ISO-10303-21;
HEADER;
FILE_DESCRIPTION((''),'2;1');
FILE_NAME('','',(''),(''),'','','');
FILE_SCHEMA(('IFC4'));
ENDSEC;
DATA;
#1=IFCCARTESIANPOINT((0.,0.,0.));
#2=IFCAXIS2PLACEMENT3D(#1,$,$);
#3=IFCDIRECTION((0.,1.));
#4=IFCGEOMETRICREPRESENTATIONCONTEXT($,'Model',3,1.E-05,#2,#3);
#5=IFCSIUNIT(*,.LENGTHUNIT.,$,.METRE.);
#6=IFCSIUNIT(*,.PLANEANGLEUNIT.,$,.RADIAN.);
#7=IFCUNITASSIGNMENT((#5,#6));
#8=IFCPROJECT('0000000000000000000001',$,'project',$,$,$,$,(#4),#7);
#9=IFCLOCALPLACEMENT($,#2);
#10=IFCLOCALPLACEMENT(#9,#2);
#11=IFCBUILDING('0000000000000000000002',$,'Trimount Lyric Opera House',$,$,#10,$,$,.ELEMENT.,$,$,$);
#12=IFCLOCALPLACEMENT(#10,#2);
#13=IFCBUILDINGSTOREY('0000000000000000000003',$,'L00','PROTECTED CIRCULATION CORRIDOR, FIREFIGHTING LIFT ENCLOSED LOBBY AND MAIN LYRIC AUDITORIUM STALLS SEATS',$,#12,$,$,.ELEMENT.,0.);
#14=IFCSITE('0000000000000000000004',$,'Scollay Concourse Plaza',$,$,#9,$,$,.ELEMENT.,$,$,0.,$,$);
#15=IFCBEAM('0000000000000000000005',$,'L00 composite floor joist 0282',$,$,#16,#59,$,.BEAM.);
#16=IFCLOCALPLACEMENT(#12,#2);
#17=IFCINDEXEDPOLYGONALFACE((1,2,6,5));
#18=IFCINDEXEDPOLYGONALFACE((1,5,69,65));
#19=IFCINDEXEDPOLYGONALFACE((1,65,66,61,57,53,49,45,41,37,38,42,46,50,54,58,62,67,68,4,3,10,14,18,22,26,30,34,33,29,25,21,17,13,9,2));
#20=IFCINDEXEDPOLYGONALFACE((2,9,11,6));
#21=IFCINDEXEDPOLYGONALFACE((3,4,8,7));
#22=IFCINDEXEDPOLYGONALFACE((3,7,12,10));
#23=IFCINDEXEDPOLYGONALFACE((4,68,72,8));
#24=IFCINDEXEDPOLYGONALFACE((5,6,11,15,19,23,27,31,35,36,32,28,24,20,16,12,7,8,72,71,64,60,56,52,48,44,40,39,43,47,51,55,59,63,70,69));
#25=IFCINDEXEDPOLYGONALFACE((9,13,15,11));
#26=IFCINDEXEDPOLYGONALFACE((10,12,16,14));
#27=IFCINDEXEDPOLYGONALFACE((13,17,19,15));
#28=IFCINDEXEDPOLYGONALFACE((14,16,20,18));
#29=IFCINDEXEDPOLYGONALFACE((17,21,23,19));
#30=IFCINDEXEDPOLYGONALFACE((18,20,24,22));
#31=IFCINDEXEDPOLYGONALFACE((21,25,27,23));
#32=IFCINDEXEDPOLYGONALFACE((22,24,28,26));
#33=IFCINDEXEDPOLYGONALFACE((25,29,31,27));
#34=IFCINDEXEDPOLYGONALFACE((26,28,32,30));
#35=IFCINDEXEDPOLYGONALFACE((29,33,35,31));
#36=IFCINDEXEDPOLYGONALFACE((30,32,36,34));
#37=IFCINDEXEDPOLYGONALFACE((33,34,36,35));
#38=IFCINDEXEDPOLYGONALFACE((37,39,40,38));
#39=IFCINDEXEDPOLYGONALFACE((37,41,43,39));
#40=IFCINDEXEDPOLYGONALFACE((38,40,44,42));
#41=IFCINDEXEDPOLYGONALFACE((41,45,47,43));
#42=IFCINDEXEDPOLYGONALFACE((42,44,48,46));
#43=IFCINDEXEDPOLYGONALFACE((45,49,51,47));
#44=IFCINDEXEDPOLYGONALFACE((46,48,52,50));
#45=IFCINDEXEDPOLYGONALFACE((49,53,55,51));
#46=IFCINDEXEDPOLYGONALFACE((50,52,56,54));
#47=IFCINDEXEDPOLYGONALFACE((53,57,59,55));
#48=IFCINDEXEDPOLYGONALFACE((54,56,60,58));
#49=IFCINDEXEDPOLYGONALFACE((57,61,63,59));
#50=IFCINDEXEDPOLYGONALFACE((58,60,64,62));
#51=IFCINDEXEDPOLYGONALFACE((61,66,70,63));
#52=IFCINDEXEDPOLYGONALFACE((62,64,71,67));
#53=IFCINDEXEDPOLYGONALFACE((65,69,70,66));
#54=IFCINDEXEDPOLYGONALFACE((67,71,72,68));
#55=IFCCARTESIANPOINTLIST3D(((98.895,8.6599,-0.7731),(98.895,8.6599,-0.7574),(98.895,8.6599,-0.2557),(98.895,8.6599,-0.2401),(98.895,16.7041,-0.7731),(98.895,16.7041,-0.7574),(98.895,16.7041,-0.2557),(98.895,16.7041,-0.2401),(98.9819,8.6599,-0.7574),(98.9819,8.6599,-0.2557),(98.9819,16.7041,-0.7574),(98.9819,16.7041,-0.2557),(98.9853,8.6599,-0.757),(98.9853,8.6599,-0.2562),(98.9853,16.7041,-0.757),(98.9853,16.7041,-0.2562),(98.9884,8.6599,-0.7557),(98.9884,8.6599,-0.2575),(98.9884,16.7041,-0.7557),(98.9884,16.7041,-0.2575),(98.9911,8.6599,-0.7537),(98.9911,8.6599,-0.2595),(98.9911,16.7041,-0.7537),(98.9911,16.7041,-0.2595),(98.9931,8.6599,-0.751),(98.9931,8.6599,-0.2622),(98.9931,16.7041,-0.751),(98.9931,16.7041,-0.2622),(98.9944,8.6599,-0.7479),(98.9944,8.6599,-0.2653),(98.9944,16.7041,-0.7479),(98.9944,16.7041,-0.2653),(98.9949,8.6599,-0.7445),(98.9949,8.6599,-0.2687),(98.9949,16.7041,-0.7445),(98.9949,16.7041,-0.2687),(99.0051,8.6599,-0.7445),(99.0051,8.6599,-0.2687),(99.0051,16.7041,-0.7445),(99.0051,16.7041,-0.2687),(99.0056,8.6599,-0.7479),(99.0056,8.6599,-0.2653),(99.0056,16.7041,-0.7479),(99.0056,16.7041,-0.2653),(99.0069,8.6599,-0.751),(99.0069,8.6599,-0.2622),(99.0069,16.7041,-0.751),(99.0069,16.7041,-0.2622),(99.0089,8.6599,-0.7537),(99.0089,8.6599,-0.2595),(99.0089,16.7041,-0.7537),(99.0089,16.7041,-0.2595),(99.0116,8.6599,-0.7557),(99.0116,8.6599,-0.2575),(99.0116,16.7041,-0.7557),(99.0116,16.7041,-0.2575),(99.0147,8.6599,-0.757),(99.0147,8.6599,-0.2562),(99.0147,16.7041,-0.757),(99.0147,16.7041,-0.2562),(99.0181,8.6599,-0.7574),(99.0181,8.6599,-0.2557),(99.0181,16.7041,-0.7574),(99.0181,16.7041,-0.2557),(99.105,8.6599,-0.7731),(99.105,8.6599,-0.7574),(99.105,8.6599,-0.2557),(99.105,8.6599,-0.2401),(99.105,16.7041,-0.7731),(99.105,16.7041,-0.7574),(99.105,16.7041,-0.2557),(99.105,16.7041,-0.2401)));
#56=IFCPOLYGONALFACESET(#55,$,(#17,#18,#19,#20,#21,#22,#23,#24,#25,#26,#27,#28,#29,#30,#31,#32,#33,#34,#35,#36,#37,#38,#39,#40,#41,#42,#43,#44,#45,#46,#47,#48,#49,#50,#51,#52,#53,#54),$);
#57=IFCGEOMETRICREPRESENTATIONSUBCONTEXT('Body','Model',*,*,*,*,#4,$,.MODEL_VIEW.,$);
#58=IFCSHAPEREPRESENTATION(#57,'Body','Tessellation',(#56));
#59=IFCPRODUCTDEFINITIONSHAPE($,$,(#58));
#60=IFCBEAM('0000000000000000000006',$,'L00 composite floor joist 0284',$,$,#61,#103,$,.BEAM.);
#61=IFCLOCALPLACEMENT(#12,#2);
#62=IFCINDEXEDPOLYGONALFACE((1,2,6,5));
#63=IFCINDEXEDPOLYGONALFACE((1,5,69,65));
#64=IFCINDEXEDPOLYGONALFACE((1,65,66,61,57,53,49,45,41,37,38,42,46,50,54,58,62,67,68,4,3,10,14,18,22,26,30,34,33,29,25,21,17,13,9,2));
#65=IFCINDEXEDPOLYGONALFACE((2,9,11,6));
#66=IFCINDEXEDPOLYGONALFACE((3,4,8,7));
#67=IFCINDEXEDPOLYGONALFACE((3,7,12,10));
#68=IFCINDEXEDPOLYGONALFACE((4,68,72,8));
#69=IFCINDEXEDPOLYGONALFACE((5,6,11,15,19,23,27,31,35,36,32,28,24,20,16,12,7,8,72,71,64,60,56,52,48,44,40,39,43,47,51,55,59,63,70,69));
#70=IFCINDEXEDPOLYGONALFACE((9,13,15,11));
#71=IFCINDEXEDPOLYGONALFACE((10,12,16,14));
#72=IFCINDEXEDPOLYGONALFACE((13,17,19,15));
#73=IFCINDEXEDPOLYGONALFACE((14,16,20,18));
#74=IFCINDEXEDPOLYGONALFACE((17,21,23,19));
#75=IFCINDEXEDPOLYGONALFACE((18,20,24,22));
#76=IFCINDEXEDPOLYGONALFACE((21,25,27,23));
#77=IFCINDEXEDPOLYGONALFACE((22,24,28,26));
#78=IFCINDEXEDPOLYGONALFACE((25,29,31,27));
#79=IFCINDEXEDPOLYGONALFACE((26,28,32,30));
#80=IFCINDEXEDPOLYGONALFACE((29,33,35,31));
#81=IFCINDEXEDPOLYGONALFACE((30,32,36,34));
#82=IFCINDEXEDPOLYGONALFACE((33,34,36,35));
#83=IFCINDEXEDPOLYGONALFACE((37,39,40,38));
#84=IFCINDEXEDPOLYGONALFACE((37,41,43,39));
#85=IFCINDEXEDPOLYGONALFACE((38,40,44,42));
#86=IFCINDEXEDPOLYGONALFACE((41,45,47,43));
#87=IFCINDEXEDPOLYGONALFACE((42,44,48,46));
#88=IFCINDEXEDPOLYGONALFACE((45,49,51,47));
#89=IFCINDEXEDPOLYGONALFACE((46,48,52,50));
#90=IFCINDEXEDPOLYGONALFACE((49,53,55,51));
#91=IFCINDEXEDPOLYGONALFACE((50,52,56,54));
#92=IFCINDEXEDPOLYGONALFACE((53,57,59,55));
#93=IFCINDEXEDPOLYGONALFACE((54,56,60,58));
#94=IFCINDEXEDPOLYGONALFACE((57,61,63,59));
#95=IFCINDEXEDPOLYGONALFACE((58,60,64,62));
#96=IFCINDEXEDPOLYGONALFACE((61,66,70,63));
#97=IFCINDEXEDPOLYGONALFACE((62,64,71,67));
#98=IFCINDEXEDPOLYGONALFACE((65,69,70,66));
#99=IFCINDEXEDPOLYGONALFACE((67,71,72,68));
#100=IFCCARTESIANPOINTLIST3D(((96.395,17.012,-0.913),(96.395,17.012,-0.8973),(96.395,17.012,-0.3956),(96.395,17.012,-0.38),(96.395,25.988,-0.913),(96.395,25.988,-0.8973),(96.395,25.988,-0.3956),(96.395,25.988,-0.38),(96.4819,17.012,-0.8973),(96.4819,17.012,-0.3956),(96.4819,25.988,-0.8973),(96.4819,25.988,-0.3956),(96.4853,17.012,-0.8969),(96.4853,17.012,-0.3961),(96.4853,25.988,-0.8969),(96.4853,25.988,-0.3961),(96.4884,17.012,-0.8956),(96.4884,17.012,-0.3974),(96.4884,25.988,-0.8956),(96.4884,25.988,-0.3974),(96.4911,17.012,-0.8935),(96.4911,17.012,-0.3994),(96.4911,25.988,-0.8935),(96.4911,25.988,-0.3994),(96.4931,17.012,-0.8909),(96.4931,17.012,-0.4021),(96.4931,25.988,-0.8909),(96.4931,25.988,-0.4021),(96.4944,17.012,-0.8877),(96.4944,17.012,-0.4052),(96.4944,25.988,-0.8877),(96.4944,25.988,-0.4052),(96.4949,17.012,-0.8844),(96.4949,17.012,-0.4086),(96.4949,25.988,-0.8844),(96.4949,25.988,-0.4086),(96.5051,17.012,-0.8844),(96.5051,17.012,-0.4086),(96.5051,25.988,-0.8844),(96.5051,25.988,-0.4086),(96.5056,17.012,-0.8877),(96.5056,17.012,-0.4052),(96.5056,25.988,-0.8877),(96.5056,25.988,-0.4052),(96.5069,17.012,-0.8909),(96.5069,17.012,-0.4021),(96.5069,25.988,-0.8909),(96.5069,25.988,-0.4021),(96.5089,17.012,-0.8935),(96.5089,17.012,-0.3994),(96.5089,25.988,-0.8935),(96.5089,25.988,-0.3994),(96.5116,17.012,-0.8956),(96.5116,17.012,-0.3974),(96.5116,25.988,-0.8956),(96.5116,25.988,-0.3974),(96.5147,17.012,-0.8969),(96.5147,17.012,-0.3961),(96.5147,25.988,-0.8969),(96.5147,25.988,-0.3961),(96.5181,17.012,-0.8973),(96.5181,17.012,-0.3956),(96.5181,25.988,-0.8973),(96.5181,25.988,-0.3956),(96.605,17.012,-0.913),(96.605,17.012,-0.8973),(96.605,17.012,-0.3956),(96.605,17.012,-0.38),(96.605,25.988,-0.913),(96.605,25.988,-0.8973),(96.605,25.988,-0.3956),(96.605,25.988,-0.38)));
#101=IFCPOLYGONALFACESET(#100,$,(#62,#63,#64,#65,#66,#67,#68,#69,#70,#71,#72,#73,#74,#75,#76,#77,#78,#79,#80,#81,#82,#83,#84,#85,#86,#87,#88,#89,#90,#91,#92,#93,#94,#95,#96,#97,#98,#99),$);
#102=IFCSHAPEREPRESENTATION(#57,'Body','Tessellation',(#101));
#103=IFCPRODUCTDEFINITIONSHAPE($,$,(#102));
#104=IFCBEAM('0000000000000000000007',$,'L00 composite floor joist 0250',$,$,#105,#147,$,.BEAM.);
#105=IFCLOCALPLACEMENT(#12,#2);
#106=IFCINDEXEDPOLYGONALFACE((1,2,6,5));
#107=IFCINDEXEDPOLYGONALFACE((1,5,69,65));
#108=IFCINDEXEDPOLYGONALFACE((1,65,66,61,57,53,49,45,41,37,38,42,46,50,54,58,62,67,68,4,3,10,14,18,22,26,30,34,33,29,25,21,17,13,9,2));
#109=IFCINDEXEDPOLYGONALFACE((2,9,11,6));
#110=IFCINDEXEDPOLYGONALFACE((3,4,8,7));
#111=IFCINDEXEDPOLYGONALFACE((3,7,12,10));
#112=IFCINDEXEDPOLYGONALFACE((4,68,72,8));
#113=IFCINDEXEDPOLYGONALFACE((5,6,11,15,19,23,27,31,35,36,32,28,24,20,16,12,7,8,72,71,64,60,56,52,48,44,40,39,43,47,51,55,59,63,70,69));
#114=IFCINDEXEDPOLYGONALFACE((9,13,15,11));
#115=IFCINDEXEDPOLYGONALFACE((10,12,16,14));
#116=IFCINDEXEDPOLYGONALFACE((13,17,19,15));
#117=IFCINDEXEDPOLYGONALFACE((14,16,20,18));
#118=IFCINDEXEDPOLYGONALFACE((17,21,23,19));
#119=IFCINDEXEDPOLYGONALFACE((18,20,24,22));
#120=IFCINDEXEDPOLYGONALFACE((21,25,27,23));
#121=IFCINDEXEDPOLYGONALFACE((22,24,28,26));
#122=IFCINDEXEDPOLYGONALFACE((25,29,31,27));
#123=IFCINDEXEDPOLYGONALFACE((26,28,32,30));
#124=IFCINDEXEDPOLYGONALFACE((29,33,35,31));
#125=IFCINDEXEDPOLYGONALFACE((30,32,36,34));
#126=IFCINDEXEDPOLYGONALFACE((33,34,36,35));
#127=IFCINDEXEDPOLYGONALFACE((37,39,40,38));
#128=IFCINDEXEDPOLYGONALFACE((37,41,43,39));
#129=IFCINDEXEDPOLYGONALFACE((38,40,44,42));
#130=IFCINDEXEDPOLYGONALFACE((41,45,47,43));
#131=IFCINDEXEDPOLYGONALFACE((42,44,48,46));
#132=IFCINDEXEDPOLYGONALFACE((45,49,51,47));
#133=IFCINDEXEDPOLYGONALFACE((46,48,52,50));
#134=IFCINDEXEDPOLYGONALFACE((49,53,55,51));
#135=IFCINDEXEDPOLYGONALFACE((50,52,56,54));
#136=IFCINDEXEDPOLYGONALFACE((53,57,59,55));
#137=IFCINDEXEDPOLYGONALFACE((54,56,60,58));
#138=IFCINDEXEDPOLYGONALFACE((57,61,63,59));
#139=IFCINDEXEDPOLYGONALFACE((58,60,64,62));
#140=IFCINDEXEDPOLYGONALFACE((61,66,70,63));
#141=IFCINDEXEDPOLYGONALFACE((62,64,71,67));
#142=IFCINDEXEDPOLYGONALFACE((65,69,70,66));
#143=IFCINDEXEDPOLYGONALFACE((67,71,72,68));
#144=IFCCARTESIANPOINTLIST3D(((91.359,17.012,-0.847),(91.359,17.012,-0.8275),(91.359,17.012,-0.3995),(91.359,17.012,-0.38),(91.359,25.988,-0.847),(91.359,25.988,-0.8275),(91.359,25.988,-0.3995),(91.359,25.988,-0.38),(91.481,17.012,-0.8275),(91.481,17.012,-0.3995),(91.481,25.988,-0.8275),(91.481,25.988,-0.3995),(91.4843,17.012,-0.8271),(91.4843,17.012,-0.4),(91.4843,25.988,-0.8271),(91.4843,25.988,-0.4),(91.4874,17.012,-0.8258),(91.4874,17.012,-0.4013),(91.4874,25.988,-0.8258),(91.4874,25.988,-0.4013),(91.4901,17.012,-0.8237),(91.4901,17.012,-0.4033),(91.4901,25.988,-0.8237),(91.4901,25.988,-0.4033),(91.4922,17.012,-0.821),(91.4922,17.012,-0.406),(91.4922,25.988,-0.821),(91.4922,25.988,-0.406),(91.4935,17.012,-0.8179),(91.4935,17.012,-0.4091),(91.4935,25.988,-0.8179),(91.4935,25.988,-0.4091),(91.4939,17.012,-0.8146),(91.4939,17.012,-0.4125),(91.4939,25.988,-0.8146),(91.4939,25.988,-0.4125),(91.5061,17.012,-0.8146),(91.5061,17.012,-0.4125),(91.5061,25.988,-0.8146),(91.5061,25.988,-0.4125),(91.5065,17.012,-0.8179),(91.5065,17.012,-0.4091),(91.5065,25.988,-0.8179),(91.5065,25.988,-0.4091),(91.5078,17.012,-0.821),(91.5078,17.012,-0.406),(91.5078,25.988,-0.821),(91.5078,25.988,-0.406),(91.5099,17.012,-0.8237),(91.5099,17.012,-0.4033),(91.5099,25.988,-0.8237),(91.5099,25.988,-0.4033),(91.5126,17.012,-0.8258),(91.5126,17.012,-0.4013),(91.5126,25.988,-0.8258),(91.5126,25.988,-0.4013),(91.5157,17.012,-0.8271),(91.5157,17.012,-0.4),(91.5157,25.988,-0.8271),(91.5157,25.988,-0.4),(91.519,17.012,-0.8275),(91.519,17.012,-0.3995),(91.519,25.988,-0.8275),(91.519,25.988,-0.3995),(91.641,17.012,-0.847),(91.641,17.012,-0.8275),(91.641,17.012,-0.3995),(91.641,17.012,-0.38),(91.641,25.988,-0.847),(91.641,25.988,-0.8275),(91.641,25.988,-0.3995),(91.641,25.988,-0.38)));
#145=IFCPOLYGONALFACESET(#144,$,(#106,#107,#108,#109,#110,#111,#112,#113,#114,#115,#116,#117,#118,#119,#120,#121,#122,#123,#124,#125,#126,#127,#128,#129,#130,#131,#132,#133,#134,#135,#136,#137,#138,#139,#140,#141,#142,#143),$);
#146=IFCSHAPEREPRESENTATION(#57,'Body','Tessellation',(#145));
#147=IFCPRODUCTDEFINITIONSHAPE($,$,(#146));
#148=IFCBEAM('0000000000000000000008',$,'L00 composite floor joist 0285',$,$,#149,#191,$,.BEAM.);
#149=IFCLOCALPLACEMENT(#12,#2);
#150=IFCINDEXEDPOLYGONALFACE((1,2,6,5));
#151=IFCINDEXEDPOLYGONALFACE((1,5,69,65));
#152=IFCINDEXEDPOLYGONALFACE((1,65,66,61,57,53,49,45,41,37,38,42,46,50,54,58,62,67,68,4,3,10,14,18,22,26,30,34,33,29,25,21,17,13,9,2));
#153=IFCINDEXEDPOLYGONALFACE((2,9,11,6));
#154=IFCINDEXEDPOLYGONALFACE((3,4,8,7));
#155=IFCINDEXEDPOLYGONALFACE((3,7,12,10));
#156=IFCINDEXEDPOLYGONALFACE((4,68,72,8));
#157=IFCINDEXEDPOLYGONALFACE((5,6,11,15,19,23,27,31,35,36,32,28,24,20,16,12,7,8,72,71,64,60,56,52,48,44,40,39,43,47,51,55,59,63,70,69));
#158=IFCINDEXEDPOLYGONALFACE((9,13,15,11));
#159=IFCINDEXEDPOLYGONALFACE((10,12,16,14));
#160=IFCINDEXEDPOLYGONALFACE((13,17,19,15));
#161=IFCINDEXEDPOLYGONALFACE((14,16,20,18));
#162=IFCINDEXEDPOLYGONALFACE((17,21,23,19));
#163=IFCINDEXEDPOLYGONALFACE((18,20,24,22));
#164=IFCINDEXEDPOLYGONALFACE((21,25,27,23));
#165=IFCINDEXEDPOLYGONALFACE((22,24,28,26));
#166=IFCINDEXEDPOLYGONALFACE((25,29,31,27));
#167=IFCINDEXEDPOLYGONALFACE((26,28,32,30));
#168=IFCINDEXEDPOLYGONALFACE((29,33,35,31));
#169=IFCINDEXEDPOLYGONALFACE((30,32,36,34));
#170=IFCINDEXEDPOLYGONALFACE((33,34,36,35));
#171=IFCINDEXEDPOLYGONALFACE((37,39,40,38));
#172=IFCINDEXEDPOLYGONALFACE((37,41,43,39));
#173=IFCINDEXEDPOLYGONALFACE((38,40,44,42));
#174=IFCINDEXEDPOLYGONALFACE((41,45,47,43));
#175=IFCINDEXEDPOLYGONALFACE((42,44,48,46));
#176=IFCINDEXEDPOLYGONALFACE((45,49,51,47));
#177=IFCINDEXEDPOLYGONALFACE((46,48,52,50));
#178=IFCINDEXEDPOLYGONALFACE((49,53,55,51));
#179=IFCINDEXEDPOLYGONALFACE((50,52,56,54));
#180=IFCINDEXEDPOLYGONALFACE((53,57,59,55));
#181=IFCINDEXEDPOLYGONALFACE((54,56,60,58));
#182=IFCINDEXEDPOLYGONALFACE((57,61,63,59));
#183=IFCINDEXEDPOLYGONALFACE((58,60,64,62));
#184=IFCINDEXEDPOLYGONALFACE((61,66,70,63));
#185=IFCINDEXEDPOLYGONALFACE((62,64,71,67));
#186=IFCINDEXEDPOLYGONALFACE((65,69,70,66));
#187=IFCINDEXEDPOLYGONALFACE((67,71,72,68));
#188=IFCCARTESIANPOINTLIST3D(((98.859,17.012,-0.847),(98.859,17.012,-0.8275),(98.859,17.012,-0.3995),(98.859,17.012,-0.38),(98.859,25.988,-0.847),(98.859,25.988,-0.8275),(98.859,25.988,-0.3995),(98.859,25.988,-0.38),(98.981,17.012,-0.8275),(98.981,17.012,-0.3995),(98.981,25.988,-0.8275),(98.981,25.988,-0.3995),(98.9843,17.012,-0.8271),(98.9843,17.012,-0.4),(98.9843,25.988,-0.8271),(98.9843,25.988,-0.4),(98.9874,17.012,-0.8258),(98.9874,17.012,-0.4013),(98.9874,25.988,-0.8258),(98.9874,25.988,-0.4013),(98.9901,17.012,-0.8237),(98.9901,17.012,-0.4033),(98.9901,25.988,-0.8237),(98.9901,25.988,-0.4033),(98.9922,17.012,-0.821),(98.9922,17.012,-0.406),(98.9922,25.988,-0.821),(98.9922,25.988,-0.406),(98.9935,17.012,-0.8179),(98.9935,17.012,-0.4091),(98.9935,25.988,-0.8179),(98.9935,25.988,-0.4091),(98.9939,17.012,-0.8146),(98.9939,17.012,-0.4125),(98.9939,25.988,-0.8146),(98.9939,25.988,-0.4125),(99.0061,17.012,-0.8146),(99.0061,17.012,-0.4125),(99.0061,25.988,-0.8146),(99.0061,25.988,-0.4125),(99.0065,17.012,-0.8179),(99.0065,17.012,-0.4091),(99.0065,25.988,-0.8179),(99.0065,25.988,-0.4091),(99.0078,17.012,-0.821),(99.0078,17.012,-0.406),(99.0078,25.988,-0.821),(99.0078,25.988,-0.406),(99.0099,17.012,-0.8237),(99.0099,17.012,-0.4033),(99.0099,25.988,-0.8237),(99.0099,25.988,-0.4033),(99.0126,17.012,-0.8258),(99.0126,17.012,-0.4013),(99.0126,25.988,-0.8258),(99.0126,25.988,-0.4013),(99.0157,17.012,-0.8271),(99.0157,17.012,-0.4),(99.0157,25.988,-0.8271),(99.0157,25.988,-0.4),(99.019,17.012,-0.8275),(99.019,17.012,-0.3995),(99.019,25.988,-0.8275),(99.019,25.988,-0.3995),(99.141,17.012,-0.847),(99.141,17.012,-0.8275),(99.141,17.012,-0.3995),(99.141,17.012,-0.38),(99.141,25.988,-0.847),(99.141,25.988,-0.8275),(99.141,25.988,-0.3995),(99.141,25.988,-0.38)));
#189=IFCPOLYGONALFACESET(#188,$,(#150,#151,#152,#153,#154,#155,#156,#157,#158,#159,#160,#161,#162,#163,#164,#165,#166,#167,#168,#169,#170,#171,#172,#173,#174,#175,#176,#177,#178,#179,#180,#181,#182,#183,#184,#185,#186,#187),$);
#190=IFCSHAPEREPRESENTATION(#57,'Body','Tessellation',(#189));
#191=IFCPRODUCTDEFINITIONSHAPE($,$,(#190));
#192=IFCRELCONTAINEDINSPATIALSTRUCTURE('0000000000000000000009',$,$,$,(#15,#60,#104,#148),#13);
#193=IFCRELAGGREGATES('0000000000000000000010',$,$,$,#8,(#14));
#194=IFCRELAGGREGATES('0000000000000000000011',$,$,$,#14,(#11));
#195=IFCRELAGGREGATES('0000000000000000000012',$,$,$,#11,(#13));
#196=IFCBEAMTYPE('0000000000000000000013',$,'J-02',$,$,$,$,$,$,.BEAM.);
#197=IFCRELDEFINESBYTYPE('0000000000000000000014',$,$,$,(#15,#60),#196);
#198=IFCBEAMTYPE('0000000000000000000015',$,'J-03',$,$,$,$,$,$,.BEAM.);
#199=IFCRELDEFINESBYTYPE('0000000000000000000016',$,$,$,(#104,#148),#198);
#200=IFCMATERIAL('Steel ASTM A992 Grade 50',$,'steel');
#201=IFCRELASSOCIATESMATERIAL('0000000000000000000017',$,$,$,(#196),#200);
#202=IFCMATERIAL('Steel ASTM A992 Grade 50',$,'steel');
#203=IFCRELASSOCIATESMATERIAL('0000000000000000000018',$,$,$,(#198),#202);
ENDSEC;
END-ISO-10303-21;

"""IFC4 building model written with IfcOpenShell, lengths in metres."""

from ifc_helpers import new_model, si_unit, direction, frame, origin, origin_2d, place, context, subcontext, project, spatial, i_section, extrude, material, material_profile, profile_set, type_object, element, save


model = new_model("IFC4")

# Units and contexts
model_context = context("Model", 3, precision=1e-05, world=origin(), true_north=direction((0.0, 1.0)))
body_context = subcontext(model_context, "Body", "Model", "MODEL_VIEW")
ifc_project = project(units=[si_unit("LENGTHUNIT", "METRE"), si_unit("PLANEANGLEUNIT", "RADIAN")], contexts=[model_context])

# Site, building, storey
site_placement = place(None, origin())
site = spatial("IfcSite", under=ifc_project, at=site_placement, Name="Scollay Concourse Plaza", CompositionType="ELEMENT", RefElevation=0.0)
building_placement = place(site_placement, origin())
building = spatial("IfcBuilding", under=site, at=building_placement, Name="Trimount Lyric Opera House", CompositionType="ELEMENT")
storey_placement = place(building_placement, origin())
storey = spatial("IfcBuildingStorey", under=building, at=storey_placement, Name="L00", Description="PROTECTED CIRCULATION CORRIDOR, FIREFIGHTING LIFT ENCLOSED LOBBY AND MAIN LYRIC AUDITORIUM STALLS SEATS", CompositionType="ELEMENT", Elevation=0.0)

# Beams
ifc_material_1 = material(Name="Steel ASTM A992 Grade 50", Category="steel")
ifc_material_profile_1 = material_profile(ifc_material_1, i_section(OverallWidth=0.21, OverallDepth=0.533, WebThickness=0.0103, FlangeThickness=0.0156, FilletRadius=0.0129, at=origin_2d()), Name="W21X62")
ifc_profile_set_1 = profile_set([ifc_material_profile_1], Name="Steel ASTM A992 Grade 50")
beam_type_1 = type_object("IfcBeamType", Name="J-02", PredefinedType="BEAM", material=ifc_profile_set_1)
beam_1_placement = place(storey_placement, frame((99.0, 8.6599, -0.5066), z_axis=(0.0, 1.0, 0.0), x_axis=(-1.0, 0.0, 0.0)))
element("IfcBeam", 1, at=beam_1_placement, inside=storey, type_object=beam_type_1, Name="L00 composite floor joist 0282", PredefinedType="BEAM", context=body_context, shape_type="SweptSolid", body=[
    extrude(i_section(OverallWidth=0.21, OverallDepth=0.533, WebThickness=0.0103, FlangeThickness=0.0156, FilletRadius=0.0129, at=origin_2d()), origin(), (0.0, 0.0, 1.0), 8.0442),
])
beam_2_placement = place(storey_placement, frame((96.5, 17.012, -0.6465), z_axis=(0.0, 1.0, 0.0), x_axis=(-1.0, 0.0, 0.0)))
element("IfcBeam", 2, at=beam_2_placement, inside=storey, type_object=beam_type_1, Name="L00 composite floor joist 0284", PredefinedType="BEAM", context=body_context, shape_type="SweptSolid", body=[
    extrude(i_section(OverallWidth=0.21, OverallDepth=0.533, WebThickness=0.0103, FlangeThickness=0.0156, FilletRadius=0.0129, at=origin_2d()), origin(), (0.0, 0.0, 1.0), 8.9761),
])
ifc_material_2 = material(Name="Steel ASTM A992 Grade 50", Category="steel")
ifc_material_profile_2 = material_profile(ifc_material_2, i_section(OverallWidth=0.282, OverallDepth=0.467, WebThickness=0.0122, FlangeThickness=0.0195, FilletRadius=0.0129, at=origin_2d()), Name="W18X86")
ifc_profile_set_2 = profile_set([ifc_material_profile_2], Name="Steel ASTM A992 Grade 50")
beam_type_2 = type_object("IfcBeamType", Name="J-03", PredefinedType="BEAM", material=ifc_profile_set_2)
for number, where, z_axis, x_axis, name in (
    (3, (91.5, 17.012, -0.6135), (0.0, 1.0, 0.0), (-1.0, 0.0, 0.0), "L00 composite floor joist 0250"),
    (4, (99.0, 17.012, -0.6135), (0.0, 1.0, 0.0), (-1.0, 0.0, 0.0), "L00 composite floor joist 0285"),
):
    element("IfcBeam", number, at=place(storey_placement, frame(where, z_axis=z_axis, x_axis=x_axis)), inside=storey, type_object=beam_type_2, Name=name, PredefinedType="BEAM", context=body_context, shape_type="SweptSolid", body=[
        extrude(i_section(OverallWidth=0.282, OverallDepth=0.467, WebThickness=0.0122, FlangeThickness=0.0195, FilletRadius=0.0129, at=origin_2d()), origin(), (0.0, 0.0, 1.0), 8.9761),
    ])

save(model, "model.ifc")
